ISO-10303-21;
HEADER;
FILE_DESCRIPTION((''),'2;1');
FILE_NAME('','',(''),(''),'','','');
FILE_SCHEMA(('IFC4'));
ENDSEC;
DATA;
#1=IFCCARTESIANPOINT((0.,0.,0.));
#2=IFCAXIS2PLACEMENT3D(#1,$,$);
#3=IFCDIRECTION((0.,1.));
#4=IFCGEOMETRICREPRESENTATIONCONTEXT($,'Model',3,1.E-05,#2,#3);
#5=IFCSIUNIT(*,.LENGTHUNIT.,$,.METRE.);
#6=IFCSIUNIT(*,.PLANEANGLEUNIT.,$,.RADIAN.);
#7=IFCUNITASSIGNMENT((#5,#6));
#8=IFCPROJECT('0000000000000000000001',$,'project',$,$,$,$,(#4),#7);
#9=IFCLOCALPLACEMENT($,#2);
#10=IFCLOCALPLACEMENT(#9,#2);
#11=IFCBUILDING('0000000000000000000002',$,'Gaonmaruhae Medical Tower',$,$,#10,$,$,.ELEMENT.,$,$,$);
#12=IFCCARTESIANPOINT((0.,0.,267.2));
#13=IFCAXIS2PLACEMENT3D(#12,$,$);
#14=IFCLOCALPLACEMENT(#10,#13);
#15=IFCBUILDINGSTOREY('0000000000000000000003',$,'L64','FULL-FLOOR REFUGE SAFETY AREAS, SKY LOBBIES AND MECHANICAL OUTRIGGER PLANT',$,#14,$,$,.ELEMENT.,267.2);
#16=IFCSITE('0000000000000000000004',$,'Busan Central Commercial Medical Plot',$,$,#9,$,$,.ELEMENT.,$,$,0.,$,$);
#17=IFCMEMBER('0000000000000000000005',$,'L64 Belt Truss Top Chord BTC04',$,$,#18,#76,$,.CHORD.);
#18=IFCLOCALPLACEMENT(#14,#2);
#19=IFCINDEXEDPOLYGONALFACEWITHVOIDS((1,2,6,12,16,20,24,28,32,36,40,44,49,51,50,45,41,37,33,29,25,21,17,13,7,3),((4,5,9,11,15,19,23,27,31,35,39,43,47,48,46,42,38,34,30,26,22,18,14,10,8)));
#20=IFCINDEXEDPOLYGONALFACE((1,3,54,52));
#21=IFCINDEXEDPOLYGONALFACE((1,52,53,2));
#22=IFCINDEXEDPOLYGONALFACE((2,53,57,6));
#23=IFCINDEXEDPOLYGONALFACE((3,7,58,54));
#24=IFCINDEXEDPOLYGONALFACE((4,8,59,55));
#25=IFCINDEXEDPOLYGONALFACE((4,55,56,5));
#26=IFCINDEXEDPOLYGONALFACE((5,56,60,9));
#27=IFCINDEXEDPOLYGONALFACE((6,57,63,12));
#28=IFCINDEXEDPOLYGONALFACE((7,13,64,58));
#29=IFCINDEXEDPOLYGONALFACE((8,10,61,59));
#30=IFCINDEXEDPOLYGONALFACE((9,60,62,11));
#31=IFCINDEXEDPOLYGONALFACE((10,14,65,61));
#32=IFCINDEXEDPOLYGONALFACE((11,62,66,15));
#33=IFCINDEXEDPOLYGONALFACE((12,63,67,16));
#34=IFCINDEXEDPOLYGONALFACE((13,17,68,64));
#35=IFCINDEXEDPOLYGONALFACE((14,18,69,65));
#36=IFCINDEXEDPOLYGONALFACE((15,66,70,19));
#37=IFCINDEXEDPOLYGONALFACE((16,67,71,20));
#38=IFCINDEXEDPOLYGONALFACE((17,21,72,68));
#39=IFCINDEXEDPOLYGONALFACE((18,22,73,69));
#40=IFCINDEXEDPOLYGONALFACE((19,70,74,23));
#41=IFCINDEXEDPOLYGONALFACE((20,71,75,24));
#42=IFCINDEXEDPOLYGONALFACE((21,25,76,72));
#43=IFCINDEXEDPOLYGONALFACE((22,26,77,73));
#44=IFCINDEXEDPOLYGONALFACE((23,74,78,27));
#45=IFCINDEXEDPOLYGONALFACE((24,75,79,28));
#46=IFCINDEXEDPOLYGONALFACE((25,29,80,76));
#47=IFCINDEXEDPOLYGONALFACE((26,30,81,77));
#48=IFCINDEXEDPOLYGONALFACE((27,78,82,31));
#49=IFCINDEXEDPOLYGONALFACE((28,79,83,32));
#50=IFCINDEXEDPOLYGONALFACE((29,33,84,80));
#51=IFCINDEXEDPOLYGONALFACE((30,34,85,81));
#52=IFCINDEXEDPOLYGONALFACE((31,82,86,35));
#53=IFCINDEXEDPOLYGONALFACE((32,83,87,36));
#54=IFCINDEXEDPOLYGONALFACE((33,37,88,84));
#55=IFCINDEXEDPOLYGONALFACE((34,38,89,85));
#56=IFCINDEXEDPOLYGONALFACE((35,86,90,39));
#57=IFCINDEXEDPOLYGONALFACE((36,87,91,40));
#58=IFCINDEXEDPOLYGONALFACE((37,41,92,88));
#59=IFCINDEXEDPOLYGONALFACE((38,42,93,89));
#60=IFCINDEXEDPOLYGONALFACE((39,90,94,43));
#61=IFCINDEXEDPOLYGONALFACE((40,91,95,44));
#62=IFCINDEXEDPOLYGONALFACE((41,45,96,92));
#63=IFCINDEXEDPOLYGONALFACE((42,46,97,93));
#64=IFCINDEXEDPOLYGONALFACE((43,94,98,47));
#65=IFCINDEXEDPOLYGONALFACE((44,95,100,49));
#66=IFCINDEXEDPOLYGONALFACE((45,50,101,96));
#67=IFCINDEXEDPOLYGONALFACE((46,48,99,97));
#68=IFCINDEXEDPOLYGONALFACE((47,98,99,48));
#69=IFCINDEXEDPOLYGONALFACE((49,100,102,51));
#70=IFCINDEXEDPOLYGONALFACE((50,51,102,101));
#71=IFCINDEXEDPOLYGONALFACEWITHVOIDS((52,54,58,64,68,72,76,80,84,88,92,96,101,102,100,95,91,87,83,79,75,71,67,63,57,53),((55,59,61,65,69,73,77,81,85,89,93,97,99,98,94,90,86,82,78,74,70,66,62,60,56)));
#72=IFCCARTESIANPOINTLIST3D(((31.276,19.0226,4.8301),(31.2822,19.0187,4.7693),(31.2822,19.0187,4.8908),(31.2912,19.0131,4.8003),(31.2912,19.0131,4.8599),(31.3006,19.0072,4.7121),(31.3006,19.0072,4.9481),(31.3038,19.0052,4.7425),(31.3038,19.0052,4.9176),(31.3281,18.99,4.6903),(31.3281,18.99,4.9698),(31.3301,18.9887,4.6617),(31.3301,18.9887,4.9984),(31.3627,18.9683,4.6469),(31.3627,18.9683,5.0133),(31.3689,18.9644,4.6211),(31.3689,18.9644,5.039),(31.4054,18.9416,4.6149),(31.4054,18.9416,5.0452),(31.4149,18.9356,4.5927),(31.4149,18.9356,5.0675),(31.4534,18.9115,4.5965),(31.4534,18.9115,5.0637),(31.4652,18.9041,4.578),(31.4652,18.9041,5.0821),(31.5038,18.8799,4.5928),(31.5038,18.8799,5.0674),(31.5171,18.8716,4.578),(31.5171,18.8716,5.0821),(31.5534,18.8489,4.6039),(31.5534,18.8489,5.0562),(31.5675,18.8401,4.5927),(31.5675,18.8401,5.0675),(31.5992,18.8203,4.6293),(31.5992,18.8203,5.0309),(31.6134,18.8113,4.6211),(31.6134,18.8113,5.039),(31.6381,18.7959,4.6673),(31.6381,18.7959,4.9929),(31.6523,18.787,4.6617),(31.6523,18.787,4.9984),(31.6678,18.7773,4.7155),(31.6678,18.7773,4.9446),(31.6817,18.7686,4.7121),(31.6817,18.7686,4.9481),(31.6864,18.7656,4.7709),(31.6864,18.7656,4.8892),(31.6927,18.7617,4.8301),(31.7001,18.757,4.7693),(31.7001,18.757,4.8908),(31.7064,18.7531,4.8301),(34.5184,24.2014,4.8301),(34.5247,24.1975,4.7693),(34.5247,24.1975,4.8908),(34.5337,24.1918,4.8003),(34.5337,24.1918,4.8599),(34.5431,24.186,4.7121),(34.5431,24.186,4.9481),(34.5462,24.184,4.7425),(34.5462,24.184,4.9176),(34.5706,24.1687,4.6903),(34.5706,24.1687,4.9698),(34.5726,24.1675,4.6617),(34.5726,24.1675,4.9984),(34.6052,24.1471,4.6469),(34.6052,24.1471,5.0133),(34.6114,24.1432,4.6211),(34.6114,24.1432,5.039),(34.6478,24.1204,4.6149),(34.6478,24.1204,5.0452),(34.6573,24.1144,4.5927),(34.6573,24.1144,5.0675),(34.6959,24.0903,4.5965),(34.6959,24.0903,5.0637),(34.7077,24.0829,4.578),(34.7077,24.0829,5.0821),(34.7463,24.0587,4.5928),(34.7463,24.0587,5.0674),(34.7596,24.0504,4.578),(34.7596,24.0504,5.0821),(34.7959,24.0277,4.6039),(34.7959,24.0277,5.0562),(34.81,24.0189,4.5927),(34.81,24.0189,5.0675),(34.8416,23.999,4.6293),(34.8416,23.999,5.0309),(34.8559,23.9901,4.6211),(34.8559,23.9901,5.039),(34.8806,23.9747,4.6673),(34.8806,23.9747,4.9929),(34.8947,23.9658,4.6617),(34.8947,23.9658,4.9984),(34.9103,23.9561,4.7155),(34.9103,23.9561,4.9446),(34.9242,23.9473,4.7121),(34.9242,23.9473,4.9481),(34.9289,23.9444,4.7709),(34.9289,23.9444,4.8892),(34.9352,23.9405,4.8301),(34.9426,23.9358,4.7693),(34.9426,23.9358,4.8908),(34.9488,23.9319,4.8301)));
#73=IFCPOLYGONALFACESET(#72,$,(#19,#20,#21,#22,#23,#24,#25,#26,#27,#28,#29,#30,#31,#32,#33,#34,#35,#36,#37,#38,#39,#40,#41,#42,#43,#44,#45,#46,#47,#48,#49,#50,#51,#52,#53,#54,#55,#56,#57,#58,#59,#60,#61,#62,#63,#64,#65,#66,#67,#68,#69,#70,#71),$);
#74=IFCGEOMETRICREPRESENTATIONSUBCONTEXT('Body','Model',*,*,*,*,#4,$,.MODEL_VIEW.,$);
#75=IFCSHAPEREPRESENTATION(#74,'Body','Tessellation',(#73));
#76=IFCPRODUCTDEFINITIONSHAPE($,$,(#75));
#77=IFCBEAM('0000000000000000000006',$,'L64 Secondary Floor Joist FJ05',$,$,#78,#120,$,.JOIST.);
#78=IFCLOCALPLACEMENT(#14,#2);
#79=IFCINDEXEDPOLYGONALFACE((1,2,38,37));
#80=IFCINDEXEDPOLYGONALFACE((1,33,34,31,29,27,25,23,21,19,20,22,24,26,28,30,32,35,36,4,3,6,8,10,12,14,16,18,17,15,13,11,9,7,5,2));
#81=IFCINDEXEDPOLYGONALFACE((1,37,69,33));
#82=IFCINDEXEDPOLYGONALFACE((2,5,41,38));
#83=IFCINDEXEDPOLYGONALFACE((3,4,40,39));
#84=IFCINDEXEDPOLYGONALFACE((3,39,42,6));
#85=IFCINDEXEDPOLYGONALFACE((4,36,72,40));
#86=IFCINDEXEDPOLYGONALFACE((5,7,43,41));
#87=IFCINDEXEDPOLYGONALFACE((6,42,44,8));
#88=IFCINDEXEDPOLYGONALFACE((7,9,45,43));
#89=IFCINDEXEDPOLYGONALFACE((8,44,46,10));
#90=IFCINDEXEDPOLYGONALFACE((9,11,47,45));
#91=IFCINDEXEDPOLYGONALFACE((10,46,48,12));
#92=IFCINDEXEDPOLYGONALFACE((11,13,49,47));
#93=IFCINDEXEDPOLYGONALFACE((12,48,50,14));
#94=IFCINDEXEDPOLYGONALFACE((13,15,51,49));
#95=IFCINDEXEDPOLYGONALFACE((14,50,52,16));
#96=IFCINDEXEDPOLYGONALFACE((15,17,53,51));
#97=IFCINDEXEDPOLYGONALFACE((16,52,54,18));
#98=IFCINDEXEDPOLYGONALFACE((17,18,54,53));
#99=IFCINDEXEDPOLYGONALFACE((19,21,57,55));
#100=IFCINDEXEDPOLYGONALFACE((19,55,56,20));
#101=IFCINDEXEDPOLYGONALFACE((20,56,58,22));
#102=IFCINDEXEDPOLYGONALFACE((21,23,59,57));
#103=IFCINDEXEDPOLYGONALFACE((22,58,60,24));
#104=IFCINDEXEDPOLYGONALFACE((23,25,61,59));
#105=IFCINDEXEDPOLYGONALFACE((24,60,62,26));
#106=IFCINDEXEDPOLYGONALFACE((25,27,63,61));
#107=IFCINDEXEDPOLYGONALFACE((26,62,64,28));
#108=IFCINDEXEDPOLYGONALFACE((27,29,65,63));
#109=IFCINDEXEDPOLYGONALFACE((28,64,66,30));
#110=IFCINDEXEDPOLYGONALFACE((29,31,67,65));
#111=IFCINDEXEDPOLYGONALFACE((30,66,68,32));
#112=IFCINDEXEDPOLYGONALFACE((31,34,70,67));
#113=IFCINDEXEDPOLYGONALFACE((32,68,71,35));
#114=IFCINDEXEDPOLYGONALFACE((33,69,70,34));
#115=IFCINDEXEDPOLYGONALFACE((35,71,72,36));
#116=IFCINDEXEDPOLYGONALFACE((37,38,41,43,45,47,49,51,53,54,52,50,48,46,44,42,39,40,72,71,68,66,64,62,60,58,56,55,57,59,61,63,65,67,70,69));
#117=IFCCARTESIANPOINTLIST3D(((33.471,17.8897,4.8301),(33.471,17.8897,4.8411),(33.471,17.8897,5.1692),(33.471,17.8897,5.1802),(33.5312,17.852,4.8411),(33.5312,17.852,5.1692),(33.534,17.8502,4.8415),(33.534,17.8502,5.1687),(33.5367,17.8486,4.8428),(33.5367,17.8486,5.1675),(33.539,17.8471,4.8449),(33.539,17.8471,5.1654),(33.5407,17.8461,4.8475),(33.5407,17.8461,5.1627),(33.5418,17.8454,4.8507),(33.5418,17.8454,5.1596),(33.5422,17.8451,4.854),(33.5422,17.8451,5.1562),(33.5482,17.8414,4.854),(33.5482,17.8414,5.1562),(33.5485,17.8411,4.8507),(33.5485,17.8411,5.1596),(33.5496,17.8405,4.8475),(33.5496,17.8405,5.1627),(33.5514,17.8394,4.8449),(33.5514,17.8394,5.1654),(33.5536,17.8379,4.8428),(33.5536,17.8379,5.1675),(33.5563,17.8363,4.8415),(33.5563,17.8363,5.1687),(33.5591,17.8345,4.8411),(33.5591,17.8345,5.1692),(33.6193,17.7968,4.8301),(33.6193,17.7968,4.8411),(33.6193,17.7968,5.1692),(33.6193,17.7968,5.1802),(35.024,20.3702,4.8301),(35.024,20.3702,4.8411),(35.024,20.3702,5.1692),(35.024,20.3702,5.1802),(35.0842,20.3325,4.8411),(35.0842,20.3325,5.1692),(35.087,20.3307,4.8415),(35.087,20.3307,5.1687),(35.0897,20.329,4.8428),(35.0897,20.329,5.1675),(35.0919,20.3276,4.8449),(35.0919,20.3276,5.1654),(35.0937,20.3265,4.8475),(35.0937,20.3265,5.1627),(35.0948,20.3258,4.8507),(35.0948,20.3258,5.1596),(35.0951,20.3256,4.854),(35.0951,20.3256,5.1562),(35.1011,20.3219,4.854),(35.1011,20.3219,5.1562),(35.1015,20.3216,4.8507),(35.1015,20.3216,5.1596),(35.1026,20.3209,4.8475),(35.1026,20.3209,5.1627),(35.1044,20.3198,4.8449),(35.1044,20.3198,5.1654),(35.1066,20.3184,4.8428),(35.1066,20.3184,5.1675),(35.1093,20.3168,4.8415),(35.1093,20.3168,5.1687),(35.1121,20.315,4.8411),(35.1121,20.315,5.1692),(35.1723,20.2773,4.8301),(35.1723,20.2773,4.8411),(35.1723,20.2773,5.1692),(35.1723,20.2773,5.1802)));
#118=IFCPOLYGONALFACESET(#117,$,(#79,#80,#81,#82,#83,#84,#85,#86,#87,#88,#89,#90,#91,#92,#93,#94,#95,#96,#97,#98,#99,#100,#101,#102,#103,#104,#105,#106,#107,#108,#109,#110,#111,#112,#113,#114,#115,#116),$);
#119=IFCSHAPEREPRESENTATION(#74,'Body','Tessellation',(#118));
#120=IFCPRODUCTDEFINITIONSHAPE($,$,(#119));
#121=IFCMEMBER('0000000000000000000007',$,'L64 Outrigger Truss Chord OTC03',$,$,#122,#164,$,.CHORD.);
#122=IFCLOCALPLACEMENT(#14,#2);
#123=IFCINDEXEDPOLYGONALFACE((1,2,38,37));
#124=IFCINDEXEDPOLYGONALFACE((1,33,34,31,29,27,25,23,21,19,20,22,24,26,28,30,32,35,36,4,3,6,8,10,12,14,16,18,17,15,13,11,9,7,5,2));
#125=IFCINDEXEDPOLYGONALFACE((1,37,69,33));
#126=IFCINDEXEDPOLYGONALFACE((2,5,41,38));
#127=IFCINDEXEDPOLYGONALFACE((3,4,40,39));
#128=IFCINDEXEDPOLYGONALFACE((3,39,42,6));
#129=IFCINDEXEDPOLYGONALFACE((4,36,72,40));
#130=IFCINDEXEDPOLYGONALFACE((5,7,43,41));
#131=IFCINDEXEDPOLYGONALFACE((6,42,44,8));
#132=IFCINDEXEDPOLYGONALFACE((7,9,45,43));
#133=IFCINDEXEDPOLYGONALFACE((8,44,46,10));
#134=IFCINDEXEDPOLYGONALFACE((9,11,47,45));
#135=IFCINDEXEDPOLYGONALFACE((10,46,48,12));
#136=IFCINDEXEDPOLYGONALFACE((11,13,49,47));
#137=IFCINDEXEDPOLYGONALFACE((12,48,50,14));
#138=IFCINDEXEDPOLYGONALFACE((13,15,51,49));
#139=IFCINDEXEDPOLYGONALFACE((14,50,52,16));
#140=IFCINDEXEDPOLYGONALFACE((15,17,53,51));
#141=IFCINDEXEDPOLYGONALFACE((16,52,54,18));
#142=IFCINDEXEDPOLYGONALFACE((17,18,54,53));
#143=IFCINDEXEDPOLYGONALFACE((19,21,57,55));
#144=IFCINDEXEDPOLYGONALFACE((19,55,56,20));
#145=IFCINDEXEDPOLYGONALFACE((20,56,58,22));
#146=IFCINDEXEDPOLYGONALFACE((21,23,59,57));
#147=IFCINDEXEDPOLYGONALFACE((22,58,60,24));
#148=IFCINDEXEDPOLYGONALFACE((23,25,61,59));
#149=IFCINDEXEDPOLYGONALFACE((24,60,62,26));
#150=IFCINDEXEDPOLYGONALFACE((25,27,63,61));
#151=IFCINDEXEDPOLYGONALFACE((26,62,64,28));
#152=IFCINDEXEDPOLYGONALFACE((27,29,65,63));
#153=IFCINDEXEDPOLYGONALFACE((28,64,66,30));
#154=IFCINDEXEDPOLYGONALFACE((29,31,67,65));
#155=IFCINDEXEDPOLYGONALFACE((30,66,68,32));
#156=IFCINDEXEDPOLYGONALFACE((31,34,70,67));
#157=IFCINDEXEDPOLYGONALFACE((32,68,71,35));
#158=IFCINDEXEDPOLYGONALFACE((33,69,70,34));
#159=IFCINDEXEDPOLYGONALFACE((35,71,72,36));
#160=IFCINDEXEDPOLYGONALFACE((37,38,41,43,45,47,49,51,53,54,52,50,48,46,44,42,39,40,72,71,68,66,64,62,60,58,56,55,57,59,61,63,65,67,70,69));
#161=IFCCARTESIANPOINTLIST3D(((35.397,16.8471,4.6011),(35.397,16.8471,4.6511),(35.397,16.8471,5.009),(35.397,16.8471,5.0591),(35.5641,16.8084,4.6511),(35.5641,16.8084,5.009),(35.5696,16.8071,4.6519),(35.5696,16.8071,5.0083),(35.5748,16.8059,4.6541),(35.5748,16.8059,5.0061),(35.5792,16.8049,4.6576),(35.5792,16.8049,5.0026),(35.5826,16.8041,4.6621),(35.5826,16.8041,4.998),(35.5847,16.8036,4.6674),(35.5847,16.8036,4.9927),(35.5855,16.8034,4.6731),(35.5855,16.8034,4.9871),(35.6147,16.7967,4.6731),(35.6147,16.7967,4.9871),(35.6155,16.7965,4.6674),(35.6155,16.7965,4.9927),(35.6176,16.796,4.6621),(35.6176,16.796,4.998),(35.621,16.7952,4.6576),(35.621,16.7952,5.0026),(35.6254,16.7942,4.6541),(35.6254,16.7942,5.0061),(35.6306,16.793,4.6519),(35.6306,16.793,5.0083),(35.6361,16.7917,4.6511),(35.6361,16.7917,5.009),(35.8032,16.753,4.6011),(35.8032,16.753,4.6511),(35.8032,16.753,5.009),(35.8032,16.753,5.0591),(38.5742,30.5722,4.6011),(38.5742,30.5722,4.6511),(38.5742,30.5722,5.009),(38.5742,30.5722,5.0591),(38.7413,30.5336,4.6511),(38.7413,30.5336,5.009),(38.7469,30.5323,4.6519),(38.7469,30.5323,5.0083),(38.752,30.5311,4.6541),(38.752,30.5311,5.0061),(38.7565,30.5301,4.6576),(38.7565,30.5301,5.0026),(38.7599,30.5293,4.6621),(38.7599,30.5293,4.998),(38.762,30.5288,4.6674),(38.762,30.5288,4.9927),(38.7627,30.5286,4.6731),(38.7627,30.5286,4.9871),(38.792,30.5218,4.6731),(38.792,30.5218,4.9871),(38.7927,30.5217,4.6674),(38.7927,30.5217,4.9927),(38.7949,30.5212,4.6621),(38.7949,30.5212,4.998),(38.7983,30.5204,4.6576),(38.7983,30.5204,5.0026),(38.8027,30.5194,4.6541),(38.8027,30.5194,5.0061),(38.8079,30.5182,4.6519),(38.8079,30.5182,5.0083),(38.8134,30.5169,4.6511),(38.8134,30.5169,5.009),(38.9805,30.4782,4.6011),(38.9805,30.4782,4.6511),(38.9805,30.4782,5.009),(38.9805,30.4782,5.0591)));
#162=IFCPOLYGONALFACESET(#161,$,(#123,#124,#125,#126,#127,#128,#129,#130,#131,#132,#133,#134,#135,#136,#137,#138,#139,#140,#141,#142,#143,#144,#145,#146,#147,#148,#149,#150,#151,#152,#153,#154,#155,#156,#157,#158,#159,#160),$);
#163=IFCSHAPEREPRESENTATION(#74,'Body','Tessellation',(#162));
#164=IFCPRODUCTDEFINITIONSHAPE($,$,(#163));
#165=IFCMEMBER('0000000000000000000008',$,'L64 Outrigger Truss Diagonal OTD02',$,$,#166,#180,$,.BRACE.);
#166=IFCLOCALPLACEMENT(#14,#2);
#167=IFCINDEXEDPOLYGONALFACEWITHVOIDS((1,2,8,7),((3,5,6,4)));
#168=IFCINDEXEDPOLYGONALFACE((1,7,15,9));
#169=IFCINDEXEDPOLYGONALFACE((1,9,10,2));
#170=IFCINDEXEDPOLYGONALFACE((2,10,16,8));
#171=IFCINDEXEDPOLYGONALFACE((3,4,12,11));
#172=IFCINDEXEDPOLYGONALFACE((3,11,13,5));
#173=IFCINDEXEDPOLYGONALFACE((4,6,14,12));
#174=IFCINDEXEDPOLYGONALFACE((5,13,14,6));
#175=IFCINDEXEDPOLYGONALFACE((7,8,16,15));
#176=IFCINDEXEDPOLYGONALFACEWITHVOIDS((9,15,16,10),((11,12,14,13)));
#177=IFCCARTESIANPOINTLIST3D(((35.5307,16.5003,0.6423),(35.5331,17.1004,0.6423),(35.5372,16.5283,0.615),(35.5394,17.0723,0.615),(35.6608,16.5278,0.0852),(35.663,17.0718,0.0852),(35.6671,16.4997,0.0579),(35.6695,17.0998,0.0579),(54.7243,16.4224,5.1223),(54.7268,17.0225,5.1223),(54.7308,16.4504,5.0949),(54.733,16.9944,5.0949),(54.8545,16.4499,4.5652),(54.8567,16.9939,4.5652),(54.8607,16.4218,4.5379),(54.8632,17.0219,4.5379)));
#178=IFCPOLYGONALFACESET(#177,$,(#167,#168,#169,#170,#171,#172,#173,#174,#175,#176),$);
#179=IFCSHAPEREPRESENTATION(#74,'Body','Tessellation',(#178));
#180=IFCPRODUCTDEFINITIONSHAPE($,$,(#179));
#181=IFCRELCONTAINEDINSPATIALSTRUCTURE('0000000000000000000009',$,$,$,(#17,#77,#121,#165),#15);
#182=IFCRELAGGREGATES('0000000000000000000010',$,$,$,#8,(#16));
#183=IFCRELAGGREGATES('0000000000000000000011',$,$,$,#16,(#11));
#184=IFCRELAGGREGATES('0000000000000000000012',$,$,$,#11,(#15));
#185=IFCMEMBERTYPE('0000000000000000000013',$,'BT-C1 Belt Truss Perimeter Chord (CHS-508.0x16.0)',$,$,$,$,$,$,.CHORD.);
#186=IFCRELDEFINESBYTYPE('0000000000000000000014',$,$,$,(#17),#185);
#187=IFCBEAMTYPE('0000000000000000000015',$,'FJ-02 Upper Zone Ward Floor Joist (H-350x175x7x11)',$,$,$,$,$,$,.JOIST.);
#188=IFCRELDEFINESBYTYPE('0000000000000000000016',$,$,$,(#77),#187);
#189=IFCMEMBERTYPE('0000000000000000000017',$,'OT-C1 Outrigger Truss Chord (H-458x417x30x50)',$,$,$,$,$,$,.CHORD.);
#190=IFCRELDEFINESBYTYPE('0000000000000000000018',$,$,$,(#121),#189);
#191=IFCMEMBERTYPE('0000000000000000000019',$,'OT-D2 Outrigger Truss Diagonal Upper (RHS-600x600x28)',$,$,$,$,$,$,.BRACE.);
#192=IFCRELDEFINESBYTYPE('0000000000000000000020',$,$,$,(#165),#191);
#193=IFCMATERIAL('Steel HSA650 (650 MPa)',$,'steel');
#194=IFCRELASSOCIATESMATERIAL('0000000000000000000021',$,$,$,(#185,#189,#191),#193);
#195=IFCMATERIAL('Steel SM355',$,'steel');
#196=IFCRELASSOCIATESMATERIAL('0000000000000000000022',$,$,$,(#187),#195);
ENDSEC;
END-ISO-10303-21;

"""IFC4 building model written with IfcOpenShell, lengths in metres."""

from ifc_helpers import new_model, si_unit, direction, frame, origin, origin_2d, place, context, subcontext, project, spatial, hollow_rectangle, hollow_circle, i_section, extrude, material, material_profile, profile_set, type_object, element, save


model = new_model("IFC4")

# Units and contexts
model_context = context("Model", 3, precision=1e-05, world=origin(), true_north=direction((0.0, 1.0)))
body_context = subcontext(model_context, "Body", "Model", "MODEL_VIEW")
ifc_project = project(units=[si_unit("LENGTHUNIT", "METRE"), si_unit("PLANEANGLEUNIT", "RADIAN")], contexts=[model_context])

# Site, building, storey
site_placement = place(None, origin())
site = spatial("IfcSite", under=ifc_project, at=site_placement, Name="Busan Central Commercial Medical Plot", CompositionType="ELEMENT", RefElevation=0.0)
building_placement = place(site_placement, origin())
building = spatial("IfcBuilding", under=site, at=building_placement, Name="Gaonmaruhae Medical Tower", CompositionType="ELEMENT")
storey_placement = place(building_placement, frame((0.0, 0.0, 267.2)))
storey = spatial("IfcBuildingStorey", under=building, at=storey_placement, Name="L64", Description="FULL-FLOOR REFUGE SAFETY AREAS, SKY LOBBIES AND MECHANICAL OUTRIGGER PLANT", CompositionType="ELEMENT", Elevation=267.2)

# Shared definitions
ifc_material_1 = material(Name="Steel HSA650 (650 MPa)", Category="steel")

# Member
ifc_material_profile_1 = material_profile(ifc_material_1, hollow_circle(Radius=0.2539, WallThickness=0.0161, at=origin_2d()), Name="CHS-508.0x16.0")
ifc_profile_set_1 = profile_set([ifc_material_profile_1], Name="Steel HSA650 (650 MPa)")
member_type_1 = type_object("IfcMemberType", Name="BT-C1 Belt Truss Perimeter Chord (CHS-508.0x16.0)", PredefinedType="CHORD", material=ifc_profile_set_1)
member_1_placement = place(storey_placement, frame((34.7336, 24.0667, 4.8301), z_axis=(-0.530674, -0.847576, 0.0), x_axis=(0.847576, -0.530674, 0.0)))
element("IfcMember", 1, at=member_1_placement, inside=storey, type_object=member_type_1, Name="L64 Belt Truss Top Chord BTC04", PredefinedType="CHORD", context=body_context, shape_type="SweptSolid", body=[
    extrude(hollow_circle(Radius=0.2539, WallThickness=0.0161, at=origin_2d()), origin(), (0.0, 0.0, 1.0), 6.1101),
])

# Beam
ifc_material_2 = material(Name="Steel SM355", Category="steel")
ifc_material_profile_2 = material_profile(ifc_material_2, i_section(OverallWidth=0.175, OverallDepth=0.3501, WebThickness=0.0071, FlangeThickness=0.011, FilletRadius=0.0129, at=origin_2d()), Name="H-350x175x7x11")
ifc_profile_set_2 = profile_set([ifc_material_profile_2], Name="Steel SM355")
beam_type_1 = type_object("IfcBeamType", Name="FJ-02 Upper Zone Ward Floor Joist (H-350x175x7x11)", PredefinedType="JOIST", material=ifc_profile_set_2)
beam_1_placement = place(storey_placement, frame((35.0981, 20.3237, 5.0051), z_axis=(-0.530659, -0.847586, 0.0), x_axis=(0.847586, -0.530659, 0.0)))
element("IfcBeam", 2, at=beam_1_placement, inside=storey, type_object=beam_type_1, Name="L64 Secondary Floor Joist FJ05", PredefinedType="JOIST", context=body_context, shape_type="SweptSolid", body=[
    extrude(i_section(OverallWidth=0.175, OverallDepth=0.3501, WebThickness=0.0071, FlangeThickness=0.011, FilletRadius=0.0129, at=origin_2d()), origin(), (0.0, 0.0, 1.0), 2.9265),
])

# Members
ifc_material_profile_3 = material_profile(ifc_material_1, i_section(OverallWidth=0.417, OverallDepth=0.458, WebThickness=0.03, FlangeThickness=0.05, FilletRadius=0.022, at=origin_2d()), Name="H-458x417x30x50")
ifc_profile_set_3 = profile_set([ifc_material_profile_3], Name="Steel HSA650 (650 MPa)")
member_type_2 = type_object("IfcMemberType", Name="OT-C1 Outrigger Truss Chord (H-458x417x30x50)", PredefinedType="CHORD", material=ifc_profile_set_3)
member_2_placement = place(storey_placement, frame((35.6001, 16.8, 4.8301), z_axis=(0.225528, 0.974237, 0.0), x_axis=(-0.974237, 0.225528, 0.0)))
element("IfcMember", 3, at=member_2_placement, inside=storey, type_object=member_type_2, Name="L64 Outrigger Truss Chord OTC03", PredefinedType="CHORD", context=body_context, shape_type="SweptSolid", body=[
    extrude(i_section(OverallWidth=0.417, OverallDepth=0.458, WebThickness=0.03, FlangeThickness=0.05, FilletRadius=0.022, at=origin_2d()), origin(), (0.0, 0.0, 1.0), 14.0881),
])
ifc_material_profile_4 = material_profile(ifc_material_1, hollow_rectangle(XDim=0.6001, YDim=0.6001, WallThickness=0.0281, at=origin_2d()), Name="RHS-600x600x28")
ifc_profile_set_4 = profile_set([ifc_material_profile_4], Name="Steel HSA650 (650 MPa)")
member_type_3 = type_object("IfcMemberType", Name="OT-D2 Outrigger Truss Diagonal Upper (RHS-600x600x28)", PredefinedType="BRACE", material=ifc_profile_set_4)
member_3_placement = place(storey_placement, frame((35.6001, 16.8, 0.3501), z_axis=(0.973817, -0.003951, 0.227299), x_axis=(0.004058, 0.999992, 0.0)))
element("IfcMember", 4, at=member_3_placement, inside=storey, type_object=member_type_3, Name="L64 Outrigger Truss Diagonal OTD02", PredefinedType="BRACE", context=body_context, shape_type="SweptSolid", body=[
    extrude(hollow_rectangle(XDim=0.6001, YDim=0.6001, WallThickness=0.0281, at=origin_2d()), origin(), (0.0, 0.0, 1.0), 19.7097),
])

save(model, "model.ifc")
